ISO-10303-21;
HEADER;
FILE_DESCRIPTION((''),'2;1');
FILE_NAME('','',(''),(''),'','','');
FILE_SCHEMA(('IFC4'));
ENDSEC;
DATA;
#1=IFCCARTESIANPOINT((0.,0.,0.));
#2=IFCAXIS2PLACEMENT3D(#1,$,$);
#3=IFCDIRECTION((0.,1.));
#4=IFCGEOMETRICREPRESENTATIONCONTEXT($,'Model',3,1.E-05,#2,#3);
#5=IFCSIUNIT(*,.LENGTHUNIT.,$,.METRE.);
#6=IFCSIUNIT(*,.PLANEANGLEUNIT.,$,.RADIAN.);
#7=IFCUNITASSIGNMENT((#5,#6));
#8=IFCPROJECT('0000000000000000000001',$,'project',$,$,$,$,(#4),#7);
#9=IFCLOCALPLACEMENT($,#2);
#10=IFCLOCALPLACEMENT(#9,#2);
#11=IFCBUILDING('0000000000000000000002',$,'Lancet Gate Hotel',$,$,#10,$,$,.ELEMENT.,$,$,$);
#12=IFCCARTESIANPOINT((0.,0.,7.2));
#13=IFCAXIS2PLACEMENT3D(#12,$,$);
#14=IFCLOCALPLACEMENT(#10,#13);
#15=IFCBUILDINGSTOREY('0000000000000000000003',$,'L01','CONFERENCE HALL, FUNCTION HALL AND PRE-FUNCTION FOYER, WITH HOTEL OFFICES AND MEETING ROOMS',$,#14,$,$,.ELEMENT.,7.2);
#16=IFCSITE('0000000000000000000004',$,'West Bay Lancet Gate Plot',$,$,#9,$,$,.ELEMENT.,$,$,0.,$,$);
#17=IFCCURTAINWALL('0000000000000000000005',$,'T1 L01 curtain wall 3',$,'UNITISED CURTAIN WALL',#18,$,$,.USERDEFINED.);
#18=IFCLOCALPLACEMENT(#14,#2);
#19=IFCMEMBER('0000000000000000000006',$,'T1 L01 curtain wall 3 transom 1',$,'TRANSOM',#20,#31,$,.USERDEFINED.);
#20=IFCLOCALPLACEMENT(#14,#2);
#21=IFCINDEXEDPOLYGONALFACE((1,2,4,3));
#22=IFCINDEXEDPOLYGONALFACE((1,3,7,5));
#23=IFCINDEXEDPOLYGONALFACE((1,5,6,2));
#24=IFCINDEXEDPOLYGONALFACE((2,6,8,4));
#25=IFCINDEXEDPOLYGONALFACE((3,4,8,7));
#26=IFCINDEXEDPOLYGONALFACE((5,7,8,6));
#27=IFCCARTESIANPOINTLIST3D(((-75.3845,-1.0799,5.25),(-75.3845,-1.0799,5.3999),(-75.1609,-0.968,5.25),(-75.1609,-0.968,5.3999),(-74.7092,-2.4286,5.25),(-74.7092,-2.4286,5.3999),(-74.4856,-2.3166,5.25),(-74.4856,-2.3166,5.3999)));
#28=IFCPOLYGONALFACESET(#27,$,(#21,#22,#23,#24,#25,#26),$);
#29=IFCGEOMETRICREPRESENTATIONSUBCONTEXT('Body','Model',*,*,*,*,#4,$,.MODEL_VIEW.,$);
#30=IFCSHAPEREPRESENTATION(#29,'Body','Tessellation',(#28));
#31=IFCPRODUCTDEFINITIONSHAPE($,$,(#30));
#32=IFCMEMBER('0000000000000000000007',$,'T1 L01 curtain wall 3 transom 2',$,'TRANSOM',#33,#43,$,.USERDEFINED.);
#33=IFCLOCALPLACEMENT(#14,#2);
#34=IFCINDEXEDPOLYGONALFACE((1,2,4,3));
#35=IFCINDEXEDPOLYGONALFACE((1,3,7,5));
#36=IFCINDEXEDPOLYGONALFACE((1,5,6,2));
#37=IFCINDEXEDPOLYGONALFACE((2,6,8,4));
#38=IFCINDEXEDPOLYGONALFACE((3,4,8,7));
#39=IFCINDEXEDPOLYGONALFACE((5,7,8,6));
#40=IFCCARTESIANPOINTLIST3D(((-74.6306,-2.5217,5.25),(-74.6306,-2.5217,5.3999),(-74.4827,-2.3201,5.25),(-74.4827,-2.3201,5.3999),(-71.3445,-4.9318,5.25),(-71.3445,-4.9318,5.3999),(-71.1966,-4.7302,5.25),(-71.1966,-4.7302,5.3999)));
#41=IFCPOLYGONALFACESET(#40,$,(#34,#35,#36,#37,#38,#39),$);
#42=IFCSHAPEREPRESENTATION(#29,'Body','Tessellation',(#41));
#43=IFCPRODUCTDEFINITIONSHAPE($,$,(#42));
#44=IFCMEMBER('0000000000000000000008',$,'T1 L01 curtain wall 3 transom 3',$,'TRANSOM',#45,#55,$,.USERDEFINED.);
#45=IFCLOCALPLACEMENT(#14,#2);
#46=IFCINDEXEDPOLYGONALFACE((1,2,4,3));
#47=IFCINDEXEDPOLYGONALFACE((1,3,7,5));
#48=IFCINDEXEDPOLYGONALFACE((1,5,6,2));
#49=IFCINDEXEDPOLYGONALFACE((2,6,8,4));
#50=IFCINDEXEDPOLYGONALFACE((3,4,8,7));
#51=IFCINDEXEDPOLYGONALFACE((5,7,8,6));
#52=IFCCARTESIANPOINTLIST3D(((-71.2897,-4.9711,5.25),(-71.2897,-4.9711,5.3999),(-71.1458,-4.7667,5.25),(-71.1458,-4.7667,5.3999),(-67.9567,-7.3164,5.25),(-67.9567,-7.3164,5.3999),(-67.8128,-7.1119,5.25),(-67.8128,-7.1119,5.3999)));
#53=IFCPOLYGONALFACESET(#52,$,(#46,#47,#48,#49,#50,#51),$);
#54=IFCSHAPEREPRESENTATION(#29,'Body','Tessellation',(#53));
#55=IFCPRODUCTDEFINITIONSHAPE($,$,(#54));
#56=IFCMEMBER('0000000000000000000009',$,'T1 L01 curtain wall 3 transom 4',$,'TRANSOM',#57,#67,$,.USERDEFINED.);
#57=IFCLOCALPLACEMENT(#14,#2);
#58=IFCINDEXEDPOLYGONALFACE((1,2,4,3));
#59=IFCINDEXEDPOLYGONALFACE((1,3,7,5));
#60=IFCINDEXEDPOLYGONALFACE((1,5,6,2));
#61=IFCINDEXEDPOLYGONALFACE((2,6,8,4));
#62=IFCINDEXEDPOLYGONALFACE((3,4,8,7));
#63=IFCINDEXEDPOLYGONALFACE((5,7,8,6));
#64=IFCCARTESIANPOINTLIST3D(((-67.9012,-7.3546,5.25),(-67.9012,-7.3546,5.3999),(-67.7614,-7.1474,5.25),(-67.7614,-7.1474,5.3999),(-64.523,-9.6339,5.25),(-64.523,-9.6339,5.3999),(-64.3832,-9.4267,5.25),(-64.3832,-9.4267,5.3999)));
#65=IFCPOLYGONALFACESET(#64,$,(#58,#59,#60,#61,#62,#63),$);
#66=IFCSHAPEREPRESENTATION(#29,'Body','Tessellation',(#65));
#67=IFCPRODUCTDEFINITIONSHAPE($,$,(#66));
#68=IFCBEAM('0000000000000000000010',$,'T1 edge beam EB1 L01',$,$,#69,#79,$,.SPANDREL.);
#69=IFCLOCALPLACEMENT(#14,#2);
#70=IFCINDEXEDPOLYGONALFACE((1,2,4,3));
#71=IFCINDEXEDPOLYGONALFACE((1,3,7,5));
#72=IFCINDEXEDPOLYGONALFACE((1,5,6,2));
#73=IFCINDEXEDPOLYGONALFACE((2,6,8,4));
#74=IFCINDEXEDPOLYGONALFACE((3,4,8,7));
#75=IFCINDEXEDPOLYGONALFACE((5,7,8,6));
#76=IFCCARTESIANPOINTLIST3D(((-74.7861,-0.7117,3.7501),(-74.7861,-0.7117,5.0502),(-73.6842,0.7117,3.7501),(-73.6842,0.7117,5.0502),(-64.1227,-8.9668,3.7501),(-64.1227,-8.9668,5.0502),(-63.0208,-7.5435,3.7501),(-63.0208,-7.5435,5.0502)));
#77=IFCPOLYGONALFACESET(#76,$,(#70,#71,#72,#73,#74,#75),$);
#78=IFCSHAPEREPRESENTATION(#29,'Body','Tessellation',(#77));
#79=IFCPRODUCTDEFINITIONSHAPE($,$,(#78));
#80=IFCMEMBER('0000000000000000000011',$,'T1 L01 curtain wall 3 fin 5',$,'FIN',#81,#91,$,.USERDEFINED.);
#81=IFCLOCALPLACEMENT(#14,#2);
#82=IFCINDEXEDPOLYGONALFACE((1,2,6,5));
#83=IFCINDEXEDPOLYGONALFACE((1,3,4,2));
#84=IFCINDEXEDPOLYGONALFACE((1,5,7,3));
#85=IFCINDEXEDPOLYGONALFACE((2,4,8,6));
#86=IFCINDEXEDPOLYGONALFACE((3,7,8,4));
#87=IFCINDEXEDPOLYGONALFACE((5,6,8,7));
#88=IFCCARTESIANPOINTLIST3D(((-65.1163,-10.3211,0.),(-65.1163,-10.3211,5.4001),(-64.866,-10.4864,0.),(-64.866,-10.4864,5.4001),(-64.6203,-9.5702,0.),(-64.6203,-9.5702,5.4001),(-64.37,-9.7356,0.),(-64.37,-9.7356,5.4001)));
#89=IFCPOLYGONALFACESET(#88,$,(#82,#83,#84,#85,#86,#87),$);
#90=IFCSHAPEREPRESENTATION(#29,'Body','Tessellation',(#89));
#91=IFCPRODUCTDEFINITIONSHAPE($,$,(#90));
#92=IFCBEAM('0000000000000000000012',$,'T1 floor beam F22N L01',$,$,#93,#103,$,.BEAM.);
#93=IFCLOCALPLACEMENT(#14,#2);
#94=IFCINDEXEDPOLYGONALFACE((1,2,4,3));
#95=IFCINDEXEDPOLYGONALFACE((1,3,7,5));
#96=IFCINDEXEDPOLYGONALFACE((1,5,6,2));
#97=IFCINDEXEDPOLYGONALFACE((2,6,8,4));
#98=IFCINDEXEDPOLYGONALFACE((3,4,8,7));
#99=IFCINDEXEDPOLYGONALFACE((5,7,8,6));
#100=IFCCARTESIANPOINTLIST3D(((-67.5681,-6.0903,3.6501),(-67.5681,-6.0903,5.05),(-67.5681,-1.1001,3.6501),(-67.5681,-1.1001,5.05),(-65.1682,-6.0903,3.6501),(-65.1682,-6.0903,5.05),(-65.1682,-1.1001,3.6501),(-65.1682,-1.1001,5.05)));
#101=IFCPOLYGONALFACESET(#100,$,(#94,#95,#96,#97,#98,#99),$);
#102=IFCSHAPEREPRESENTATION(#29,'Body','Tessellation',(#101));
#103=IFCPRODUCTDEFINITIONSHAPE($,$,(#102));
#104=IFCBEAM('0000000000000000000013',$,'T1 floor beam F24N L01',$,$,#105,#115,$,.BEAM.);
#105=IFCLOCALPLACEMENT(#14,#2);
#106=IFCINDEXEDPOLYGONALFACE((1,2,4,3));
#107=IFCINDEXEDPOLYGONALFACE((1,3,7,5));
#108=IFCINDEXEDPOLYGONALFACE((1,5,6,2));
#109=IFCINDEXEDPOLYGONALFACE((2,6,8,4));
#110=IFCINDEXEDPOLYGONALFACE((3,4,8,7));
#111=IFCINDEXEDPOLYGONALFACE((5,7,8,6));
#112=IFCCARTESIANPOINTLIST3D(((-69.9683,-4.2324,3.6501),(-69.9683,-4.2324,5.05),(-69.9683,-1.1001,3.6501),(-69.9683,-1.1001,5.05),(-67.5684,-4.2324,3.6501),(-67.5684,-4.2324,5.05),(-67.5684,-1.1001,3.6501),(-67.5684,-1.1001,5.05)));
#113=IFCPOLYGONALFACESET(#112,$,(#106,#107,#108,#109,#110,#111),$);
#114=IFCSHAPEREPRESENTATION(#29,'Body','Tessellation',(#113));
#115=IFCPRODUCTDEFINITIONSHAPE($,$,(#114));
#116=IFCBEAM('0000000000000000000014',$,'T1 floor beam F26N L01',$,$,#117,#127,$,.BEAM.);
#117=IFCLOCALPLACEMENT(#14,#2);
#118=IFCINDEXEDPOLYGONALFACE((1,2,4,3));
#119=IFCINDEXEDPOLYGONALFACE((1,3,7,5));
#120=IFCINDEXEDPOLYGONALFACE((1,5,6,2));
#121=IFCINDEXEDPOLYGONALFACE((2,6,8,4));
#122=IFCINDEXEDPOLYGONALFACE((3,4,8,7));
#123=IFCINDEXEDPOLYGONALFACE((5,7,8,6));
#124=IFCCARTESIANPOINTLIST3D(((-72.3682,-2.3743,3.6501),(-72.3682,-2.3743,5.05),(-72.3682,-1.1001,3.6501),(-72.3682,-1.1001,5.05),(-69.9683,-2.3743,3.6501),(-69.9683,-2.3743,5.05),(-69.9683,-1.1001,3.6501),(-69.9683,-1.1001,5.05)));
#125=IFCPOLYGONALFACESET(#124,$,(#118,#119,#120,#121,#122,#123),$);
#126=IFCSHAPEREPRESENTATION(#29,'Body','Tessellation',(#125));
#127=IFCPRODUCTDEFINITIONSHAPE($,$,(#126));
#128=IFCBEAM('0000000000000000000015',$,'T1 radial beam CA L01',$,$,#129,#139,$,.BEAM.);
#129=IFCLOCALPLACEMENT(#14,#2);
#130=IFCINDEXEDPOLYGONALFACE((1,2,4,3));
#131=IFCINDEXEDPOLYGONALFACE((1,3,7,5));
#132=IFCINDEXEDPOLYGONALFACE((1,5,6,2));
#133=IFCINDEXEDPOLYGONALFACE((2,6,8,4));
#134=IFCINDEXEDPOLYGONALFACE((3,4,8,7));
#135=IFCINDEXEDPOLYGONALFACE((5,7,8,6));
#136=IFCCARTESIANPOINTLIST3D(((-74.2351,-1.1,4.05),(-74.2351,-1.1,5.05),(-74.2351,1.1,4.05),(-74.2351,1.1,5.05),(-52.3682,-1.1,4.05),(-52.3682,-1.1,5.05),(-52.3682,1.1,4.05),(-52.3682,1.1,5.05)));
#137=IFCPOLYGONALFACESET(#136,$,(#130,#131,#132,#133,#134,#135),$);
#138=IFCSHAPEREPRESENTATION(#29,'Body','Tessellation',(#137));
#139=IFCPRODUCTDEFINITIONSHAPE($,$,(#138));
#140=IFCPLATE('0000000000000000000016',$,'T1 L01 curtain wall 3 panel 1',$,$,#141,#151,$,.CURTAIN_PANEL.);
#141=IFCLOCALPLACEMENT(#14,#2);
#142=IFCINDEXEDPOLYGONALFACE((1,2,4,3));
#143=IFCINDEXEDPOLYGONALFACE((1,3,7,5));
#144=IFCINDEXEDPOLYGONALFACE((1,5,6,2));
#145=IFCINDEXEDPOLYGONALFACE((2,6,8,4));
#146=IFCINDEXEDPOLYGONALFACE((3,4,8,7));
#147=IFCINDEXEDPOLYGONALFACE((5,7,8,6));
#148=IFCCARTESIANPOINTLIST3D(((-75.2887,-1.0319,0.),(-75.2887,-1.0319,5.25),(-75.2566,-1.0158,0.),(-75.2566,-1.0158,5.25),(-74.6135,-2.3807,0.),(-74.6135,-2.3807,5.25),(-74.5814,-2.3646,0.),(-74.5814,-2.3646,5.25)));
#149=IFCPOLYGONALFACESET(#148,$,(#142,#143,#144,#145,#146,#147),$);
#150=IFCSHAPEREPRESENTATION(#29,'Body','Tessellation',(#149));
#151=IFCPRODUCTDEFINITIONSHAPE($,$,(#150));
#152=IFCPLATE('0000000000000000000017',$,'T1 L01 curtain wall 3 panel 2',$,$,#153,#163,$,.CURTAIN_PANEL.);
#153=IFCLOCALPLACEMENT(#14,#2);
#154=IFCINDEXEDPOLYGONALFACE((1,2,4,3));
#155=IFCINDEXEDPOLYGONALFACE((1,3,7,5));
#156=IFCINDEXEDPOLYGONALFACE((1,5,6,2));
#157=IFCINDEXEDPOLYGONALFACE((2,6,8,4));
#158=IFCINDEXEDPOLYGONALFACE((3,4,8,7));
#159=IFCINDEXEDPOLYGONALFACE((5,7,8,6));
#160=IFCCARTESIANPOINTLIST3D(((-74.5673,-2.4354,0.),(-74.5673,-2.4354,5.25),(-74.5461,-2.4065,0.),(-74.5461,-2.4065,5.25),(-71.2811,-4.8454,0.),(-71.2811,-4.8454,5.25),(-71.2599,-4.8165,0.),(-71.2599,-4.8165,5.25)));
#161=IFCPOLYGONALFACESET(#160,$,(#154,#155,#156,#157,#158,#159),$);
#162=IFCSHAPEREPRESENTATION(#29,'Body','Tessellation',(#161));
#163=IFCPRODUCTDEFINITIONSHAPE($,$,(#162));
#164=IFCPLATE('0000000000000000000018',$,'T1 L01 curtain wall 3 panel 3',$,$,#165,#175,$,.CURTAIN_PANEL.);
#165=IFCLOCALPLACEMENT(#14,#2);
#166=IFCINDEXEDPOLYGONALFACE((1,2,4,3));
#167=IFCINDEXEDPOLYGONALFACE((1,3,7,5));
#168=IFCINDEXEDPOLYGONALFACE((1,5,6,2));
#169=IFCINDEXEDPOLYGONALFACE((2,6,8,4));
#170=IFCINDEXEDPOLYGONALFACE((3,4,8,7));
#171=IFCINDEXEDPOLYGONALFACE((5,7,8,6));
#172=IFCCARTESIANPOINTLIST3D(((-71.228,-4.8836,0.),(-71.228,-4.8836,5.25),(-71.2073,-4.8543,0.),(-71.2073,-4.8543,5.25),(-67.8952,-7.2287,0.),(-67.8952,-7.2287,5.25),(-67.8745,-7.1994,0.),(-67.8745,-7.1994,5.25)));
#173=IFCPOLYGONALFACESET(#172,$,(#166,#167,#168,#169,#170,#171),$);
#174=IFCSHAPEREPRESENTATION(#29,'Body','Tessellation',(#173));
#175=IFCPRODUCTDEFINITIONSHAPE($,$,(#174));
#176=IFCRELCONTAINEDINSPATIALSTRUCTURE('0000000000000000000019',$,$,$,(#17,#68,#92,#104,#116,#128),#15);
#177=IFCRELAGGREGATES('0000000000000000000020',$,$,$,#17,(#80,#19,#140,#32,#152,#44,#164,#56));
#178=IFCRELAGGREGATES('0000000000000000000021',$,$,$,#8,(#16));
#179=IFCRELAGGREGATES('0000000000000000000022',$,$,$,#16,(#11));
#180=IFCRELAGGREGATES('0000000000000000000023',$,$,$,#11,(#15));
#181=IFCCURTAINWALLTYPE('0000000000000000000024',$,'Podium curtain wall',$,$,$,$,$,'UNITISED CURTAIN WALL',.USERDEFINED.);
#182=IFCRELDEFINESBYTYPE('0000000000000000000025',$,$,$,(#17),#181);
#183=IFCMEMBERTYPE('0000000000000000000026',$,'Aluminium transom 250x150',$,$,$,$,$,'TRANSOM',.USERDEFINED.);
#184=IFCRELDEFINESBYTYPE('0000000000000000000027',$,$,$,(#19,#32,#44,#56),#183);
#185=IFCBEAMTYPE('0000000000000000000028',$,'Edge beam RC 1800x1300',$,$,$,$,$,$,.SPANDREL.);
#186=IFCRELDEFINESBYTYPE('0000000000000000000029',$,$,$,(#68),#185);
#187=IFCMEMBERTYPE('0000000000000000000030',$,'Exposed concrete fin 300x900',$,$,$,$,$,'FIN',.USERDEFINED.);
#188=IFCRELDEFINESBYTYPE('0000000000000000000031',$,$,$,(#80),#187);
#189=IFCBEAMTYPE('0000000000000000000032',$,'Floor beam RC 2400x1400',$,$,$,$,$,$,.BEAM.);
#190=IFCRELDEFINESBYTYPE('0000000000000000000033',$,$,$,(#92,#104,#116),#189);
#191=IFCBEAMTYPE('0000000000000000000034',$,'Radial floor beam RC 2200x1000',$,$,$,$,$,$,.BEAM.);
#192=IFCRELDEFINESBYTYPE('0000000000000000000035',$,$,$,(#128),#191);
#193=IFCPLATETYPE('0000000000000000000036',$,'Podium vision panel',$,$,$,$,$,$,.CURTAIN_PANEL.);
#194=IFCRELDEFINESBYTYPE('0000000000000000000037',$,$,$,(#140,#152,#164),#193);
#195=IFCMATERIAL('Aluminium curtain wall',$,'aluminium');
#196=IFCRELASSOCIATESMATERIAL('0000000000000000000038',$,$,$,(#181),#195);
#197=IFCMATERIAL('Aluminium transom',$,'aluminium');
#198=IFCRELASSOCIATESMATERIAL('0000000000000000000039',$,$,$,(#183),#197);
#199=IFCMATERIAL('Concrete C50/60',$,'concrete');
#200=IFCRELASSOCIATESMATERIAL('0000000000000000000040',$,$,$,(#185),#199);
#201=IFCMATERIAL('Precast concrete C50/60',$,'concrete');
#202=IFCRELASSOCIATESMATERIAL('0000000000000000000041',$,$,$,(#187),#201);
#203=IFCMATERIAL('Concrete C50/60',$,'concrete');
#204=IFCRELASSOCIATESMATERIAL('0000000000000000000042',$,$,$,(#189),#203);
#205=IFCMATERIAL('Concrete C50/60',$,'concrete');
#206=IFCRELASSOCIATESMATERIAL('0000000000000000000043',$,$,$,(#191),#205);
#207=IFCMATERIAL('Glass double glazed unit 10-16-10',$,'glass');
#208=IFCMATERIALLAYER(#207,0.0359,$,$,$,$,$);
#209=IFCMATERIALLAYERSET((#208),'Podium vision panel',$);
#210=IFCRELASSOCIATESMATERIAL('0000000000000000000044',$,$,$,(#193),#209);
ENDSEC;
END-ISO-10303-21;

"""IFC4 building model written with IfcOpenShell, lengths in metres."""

from ifc_helpers import new_model, si_unit, direction, frame, origin, origin_2d, place, context, subcontext, project, spatial, rectangle, extrude, material, layer, layer_set, material_profile, profile_set, type_object, element, aggregate, save


model = new_model("IFC4")

# Units and contexts
model_context = context("Model", 3, precision=1e-05, world=origin(), true_north=direction((0.0, 1.0)))
body_context = subcontext(model_context, "Body", "Model", "MODEL_VIEW")
ifc_project = project(units=[si_unit("LENGTHUNIT", "METRE"), si_unit("PLANEANGLEUNIT", "RADIAN")], contexts=[model_context])

# Site, building, storey
site_placement = place(None, origin())
site = spatial("IfcSite", under=ifc_project, at=site_placement, Name="West Bay Lancet Gate Plot", CompositionType="ELEMENT", RefElevation=0.0)
building_placement = place(site_placement, origin())
building = spatial("IfcBuilding", under=site, at=building_placement, Name="Lancet Gate Hotel", CompositionType="ELEMENT")
storey_placement = place(building_placement, frame((0.0, 0.0, 7.2)))
storey = spatial("IfcBuildingStorey", under=building, at=storey_placement, Name="L01", Description="CONFERENCE HALL, FUNCTION HALL AND PRE-FUNCTION FOYER, WITH HOTEL OFFICES AND MEETING ROOMS", CompositionType="ELEMENT", Elevation=7.2)

# Curtain wall, members
ifc_material_1 = material(Name="Aluminium curtain wall", Category="aluminium")
curtain_wall_type = type_object("IfcCurtainWallType", Name="Podium curtain wall", ElementType="UNITISED CURTAIN WALL", PredefinedType="USERDEFINED", material=ifc_material_1)
curtain_wall_placement = place(storey_placement, origin())
curtain_wall = element("IfcCurtainWall", 1, at=curtain_wall_placement, inside=storey, type_object=curtain_wall_type, Name="T1 L01 curtain wall 3", ObjectType="UNITISED CURTAIN WALL", PredefinedType="USERDEFINED")
ifc_material_2 = material(Name="Aluminium transom", Category="aluminium")
ifc_material_profile_1 = material_profile(ifc_material_2, rectangle(XDim=0.25, YDim=0.1499, at=origin_2d()), Name="TRANSOM 250x150")
ifc_profile_set_1 = profile_set([ifc_material_profile_1], Name="Aluminium transom")
member_type_1 = type_object("IfcMemberType", Name="Aluminium transom 250x150", ElementType="TRANSOM", PredefinedType="USERDEFINED", material=ifc_profile_set_1)
member_1_placement = place(storey_placement, frame((-75.2727, -1.0239, 5.325), z_axis=(0.447732, -0.894168, 0.0), x_axis=(0.894168, 0.447732, 0.0)))
member_1 = element("IfcMember", 2, at=member_1_placement, type_object=member_type_1, Name="T1 L01 curtain wall 3 transom 1", ObjectType="TRANSOM", PredefinedType="USERDEFINED", context=body_context, shape_type="SweptSolid", body=[
    extrude(rectangle(XDim=0.25, YDim=0.1499, at=origin_2d()), origin(), (0.0, 0.0, 1.0), 1.5083),
])
member_2_placement = place(storey_placement, frame((-74.5566, -2.4209, 5.325), z_axis=(0.806367, -0.591416, 0.0), x_axis=(0.591416, 0.806367, 0.0)))
member_2 = element("IfcMember", 3, at=member_2_placement, type_object=member_type_1, Name="T1 L01 curtain wall 3 transom 2", ObjectType="TRANSOM", PredefinedType="USERDEFINED", context=body_context, shape_type="SweptSolid", body=[
    extrude(rectangle(XDim=0.25, YDim=0.1499, at=origin_2d()), origin(), (0.0, 0.0, 1.0), 4.0752),
])
member_3_placement = place(storey_placement, frame((-71.2178, -4.8689, 5.325), z_axis=(0.817834, -0.575455, 0.0), x_axis=(0.575455, 0.817834, 0.0)))
member_3 = element("IfcMember", 4, at=member_3_placement, type_object=member_type_1, Name="T1 L01 curtain wall 3 transom 3", ObjectType="TRANSOM", PredefinedType="USERDEFINED", context=body_context, shape_type="SweptSolid", body=[
    extrude(rectangle(XDim=0.25, YDim=0.1499, at=origin_2d()), origin(), (0.0, 0.0, 1.0), 4.0754),
])
member_4_placement = place(storey_placement, frame((-67.8313, -7.251, 5.325), z_axis=(0.828959, -0.559309, 0.0), x_axis=(0.559309, 0.828959, 0.0)))
member_4 = element("IfcMember", 5, at=member_4_placement, type_object=member_type_1, Name="T1 L01 curtain wall 3 transom 4", ObjectType="TRANSOM", PredefinedType="USERDEFINED", context=body_context, shape_type="SweptSolid", body=[
    extrude(rectangle(XDim=0.25, YDim=0.1499, at=origin_2d()), origin(), (0.0, 0.0, 1.0), 4.0752),
])

# Beam
ifc_material_3 = material(Name="Concrete C50/60", Category="concrete")
ifc_material_profile_2 = material_profile(ifc_material_3, rectangle(XDim=1.8, YDim=1.3, at=origin_2d()), Name="RC 1800x1300")
ifc_profile_set_2 = profile_set([ifc_material_profile_2], Name="Concrete C50/60")
beam_type_1 = type_object("IfcBeamType", Name="Edge beam RC 1800x1300", PredefinedType="SPANDREL", material=ifc_profile_set_2)
beam_1_placement = place(storey_placement, frame((-74.2351, 0.0, 4.4001), z_axis=(0.790736, -0.612157, 0.0), x_axis=(0.612157, 0.790736, 0.0)))
element("IfcBeam", 6, at=beam_1_placement, inside=storey, type_object=beam_type_1, Name="T1 edge beam EB1 L01", PredefinedType="SPANDREL", context=body_context, shape_type="SweptSolid", body=[
    extrude(rectangle(XDim=1.8, YDim=1.3, at=origin_2d()), origin(), (0.0, 0.0, 1.0), 13.4854),
])

# Member
ifc_material_4 = material(Name="Precast concrete C50/60", Category="concrete")
ifc_material_profile_3 = material_profile(ifc_material_4, rectangle(XDim=0.3, YDim=0.8999, at=origin_2d()), Name="FIN 300x900")
ifc_profile_set_3 = profile_set([ifc_material_profile_3], Name="Precast concrete C50/60")
member_type_2 = type_object("IfcMemberType", Name="Exposed concrete fin 300x900", ElementType="FIN", PredefinedType="USERDEFINED", material=ifc_profile_set_3)
member_5_placement = place(storey_placement, frame((-64.7432, -10.0283, 0.0), z_axis=(0.0, 0.0, 1.0), x_axis=(0.834387, -0.551178, 0.0)))
member_5 = element("IfcMember", 7, at=member_5_placement, type_object=member_type_2, Name="T1 L01 curtain wall 3 fin 5", ObjectType="FIN", PredefinedType="USERDEFINED", context=body_context, shape_type="SweptSolid", body=[
    extrude(rectangle(XDim=0.3, YDim=0.8999, at=origin_2d()), origin(), (0.0, 0.0, 1.0), 5.4001),
])

# Beams
ifc_material_5 = material(Name="Concrete C50/60", Category="concrete")
ifc_material_profile_4 = material_profile(ifc_material_5, rectangle(XDim=2.3999, YDim=1.3999, at=origin_2d()), Name="RC 2400x1400")
ifc_profile_set_4 = profile_set([ifc_material_profile_4], Name="Concrete C50/60")
beam_type_2 = type_object("IfcBeamType", Name="Floor beam RC 2400x1400", PredefinedType="BEAM", material=ifc_profile_set_4)
beam_2_placement = place(storey_placement, frame((-66.3682, -1.1001, 4.3501), z_axis=(0.0, -1.0, 0.0), x_axis=(1.0, 0.0, 0.0)))
element("IfcBeam", 8, at=beam_2_placement, inside=storey, type_object=beam_type_2, Name="T1 floor beam F22N L01", PredefinedType="BEAM", context=body_context, shape_type="SweptSolid", body=[
    extrude(rectangle(XDim=2.3999, YDim=1.3999, at=origin_2d()), origin(), (0.0, 0.0, 1.0), 4.9902),
])
beam_3_placement = place(storey_placement, frame((-68.7683, -1.1001, 4.3501), z_axis=(0.0, -1.0, 0.0), x_axis=(1.0, 0.0, 0.0)))
element("IfcBeam", 9, at=beam_3_placement, inside=storey, type_object=beam_type_2, Name="T1 floor beam F24N L01", PredefinedType="BEAM", context=body_context, shape_type="SweptSolid", body=[
    extrude(rectangle(XDim=2.3999, YDim=1.3999, at=origin_2d()), origin(), (0.0, 0.0, 1.0), 3.1323),
])
beam_4_placement = place(storey_placement, frame((-71.1682, -1.1001, 4.3501), z_axis=(0.0, -1.0, 0.0), x_axis=(1.0, 0.0, 0.0)))
element("IfcBeam", 10, at=beam_4_placement, inside=storey, type_object=beam_type_2, Name="T1 floor beam F26N L01", PredefinedType="BEAM", context=body_context, shape_type="SweptSolid", body=[
    extrude(rectangle(XDim=2.3999, YDim=1.3999, at=origin_2d()), origin(), (0.0, 0.0, 1.0), 1.2742),
])
ifc_material_6 = material(Name="Concrete C50/60", Category="concrete")
ifc_material_profile_5 = material_profile(ifc_material_6, rectangle(XDim=2.2, YDim=1.0, at=origin_2d()), Name="RC 2200x1000")
ifc_profile_set_5 = profile_set([ifc_material_profile_5], Name="Concrete C50/60")
beam_type_3 = type_object("IfcBeamType", Name="Radial floor beam RC 2200x1000", PredefinedType="BEAM", material=ifc_profile_set_5)
beam_5_placement = place(storey_placement, frame((-74.2351, 0.0, 4.55), z_axis=(1.0, 0.0, 0.0), x_axis=(0.0, 1.0, 0.0)))
element("IfcBeam", 11, at=beam_5_placement, inside=storey, type_object=beam_type_3, Name="T1 radial beam CA L01", PredefinedType="BEAM", context=body_context, shape_type="SweptSolid", body=[
    extrude(rectangle(XDim=2.2, YDim=1.0, at=origin_2d()), origin(), (0.0, 0.0, 1.0), 21.8669),
])

# Plates
ifc_material_7 = material(Name="Glass double glazed unit 10-16-10", Category="glass")
ifc_layer = layer(ifc_material_7, 0.0359)
ifc_layer_set = layer_set([ifc_layer], Name="Podium vision panel")
plate_type = type_object("IfcPlateType", Name="Podium vision panel", PredefinedType="CURTAIN_PANEL", material=ifc_layer_set)
plate_1_placement = place(storey_placement, frame((-74.9351, -1.6982, 0.0), z_axis=(0.0, 0.0, 1.0), x_axis=(0.447628, -0.89422, 0.0)))
plate_1 = element("IfcPlate", 12, at=plate_1_placement, type_object=plate_type, Name="T1 L01 curtain wall 3 panel 1", PredefinedType="CURTAIN_PANEL", context=body_context, shape_type="SweptSolid", body=[
    extrude(rectangle(XDim=1.5083, YDim=0.0359, at=origin_2d()), origin(), (0.0, 0.0, 1.0), 5.25),
])
plate_2_placement = place(storey_placement, frame((-72.9136, -3.626, 0.0), z_axis=(0.0, 0.0, 1.0), x_axis=(0.80639, -0.591384, 0.0)))
plate_2 = element("IfcPlate", 13, at=plate_2_placement, type_object=plate_type, Name="T1 L01 curtain wall 3 panel 2", PredefinedType="CURTAIN_PANEL", context=body_context, shape_type="SweptSolid", body=[
    extrude(rectangle(XDim=4.0752, YDim=0.0359, at=origin_2d()), origin(), (0.0, 0.0, 1.0), 5.25),
])
plate_3_placement = place(storey_placement, frame((-69.5513, -6.0415, 0.0), z_axis=(0.0, 0.0, 1.0), x_axis=(0.817825, -0.575467, 0.0)))
plate_3 = element("IfcPlate", 14, at=plate_3_placement, type_object=plate_type, Name="T1 L01 curtain wall 3 panel 3", PredefinedType="CURTAIN_PANEL", context=body_context, shape_type="SweptSolid", body=[
    extrude(rectangle(XDim=4.0752, YDim=0.0359, at=origin_2d()), origin(), (0.0, 0.0, 1.0), 5.25),
])
aggregate(curtain_wall, [member_5, member_1, plate_1, member_2, plate_2, member_3, plate_3, member_4])

save(model, "model.ifc")
